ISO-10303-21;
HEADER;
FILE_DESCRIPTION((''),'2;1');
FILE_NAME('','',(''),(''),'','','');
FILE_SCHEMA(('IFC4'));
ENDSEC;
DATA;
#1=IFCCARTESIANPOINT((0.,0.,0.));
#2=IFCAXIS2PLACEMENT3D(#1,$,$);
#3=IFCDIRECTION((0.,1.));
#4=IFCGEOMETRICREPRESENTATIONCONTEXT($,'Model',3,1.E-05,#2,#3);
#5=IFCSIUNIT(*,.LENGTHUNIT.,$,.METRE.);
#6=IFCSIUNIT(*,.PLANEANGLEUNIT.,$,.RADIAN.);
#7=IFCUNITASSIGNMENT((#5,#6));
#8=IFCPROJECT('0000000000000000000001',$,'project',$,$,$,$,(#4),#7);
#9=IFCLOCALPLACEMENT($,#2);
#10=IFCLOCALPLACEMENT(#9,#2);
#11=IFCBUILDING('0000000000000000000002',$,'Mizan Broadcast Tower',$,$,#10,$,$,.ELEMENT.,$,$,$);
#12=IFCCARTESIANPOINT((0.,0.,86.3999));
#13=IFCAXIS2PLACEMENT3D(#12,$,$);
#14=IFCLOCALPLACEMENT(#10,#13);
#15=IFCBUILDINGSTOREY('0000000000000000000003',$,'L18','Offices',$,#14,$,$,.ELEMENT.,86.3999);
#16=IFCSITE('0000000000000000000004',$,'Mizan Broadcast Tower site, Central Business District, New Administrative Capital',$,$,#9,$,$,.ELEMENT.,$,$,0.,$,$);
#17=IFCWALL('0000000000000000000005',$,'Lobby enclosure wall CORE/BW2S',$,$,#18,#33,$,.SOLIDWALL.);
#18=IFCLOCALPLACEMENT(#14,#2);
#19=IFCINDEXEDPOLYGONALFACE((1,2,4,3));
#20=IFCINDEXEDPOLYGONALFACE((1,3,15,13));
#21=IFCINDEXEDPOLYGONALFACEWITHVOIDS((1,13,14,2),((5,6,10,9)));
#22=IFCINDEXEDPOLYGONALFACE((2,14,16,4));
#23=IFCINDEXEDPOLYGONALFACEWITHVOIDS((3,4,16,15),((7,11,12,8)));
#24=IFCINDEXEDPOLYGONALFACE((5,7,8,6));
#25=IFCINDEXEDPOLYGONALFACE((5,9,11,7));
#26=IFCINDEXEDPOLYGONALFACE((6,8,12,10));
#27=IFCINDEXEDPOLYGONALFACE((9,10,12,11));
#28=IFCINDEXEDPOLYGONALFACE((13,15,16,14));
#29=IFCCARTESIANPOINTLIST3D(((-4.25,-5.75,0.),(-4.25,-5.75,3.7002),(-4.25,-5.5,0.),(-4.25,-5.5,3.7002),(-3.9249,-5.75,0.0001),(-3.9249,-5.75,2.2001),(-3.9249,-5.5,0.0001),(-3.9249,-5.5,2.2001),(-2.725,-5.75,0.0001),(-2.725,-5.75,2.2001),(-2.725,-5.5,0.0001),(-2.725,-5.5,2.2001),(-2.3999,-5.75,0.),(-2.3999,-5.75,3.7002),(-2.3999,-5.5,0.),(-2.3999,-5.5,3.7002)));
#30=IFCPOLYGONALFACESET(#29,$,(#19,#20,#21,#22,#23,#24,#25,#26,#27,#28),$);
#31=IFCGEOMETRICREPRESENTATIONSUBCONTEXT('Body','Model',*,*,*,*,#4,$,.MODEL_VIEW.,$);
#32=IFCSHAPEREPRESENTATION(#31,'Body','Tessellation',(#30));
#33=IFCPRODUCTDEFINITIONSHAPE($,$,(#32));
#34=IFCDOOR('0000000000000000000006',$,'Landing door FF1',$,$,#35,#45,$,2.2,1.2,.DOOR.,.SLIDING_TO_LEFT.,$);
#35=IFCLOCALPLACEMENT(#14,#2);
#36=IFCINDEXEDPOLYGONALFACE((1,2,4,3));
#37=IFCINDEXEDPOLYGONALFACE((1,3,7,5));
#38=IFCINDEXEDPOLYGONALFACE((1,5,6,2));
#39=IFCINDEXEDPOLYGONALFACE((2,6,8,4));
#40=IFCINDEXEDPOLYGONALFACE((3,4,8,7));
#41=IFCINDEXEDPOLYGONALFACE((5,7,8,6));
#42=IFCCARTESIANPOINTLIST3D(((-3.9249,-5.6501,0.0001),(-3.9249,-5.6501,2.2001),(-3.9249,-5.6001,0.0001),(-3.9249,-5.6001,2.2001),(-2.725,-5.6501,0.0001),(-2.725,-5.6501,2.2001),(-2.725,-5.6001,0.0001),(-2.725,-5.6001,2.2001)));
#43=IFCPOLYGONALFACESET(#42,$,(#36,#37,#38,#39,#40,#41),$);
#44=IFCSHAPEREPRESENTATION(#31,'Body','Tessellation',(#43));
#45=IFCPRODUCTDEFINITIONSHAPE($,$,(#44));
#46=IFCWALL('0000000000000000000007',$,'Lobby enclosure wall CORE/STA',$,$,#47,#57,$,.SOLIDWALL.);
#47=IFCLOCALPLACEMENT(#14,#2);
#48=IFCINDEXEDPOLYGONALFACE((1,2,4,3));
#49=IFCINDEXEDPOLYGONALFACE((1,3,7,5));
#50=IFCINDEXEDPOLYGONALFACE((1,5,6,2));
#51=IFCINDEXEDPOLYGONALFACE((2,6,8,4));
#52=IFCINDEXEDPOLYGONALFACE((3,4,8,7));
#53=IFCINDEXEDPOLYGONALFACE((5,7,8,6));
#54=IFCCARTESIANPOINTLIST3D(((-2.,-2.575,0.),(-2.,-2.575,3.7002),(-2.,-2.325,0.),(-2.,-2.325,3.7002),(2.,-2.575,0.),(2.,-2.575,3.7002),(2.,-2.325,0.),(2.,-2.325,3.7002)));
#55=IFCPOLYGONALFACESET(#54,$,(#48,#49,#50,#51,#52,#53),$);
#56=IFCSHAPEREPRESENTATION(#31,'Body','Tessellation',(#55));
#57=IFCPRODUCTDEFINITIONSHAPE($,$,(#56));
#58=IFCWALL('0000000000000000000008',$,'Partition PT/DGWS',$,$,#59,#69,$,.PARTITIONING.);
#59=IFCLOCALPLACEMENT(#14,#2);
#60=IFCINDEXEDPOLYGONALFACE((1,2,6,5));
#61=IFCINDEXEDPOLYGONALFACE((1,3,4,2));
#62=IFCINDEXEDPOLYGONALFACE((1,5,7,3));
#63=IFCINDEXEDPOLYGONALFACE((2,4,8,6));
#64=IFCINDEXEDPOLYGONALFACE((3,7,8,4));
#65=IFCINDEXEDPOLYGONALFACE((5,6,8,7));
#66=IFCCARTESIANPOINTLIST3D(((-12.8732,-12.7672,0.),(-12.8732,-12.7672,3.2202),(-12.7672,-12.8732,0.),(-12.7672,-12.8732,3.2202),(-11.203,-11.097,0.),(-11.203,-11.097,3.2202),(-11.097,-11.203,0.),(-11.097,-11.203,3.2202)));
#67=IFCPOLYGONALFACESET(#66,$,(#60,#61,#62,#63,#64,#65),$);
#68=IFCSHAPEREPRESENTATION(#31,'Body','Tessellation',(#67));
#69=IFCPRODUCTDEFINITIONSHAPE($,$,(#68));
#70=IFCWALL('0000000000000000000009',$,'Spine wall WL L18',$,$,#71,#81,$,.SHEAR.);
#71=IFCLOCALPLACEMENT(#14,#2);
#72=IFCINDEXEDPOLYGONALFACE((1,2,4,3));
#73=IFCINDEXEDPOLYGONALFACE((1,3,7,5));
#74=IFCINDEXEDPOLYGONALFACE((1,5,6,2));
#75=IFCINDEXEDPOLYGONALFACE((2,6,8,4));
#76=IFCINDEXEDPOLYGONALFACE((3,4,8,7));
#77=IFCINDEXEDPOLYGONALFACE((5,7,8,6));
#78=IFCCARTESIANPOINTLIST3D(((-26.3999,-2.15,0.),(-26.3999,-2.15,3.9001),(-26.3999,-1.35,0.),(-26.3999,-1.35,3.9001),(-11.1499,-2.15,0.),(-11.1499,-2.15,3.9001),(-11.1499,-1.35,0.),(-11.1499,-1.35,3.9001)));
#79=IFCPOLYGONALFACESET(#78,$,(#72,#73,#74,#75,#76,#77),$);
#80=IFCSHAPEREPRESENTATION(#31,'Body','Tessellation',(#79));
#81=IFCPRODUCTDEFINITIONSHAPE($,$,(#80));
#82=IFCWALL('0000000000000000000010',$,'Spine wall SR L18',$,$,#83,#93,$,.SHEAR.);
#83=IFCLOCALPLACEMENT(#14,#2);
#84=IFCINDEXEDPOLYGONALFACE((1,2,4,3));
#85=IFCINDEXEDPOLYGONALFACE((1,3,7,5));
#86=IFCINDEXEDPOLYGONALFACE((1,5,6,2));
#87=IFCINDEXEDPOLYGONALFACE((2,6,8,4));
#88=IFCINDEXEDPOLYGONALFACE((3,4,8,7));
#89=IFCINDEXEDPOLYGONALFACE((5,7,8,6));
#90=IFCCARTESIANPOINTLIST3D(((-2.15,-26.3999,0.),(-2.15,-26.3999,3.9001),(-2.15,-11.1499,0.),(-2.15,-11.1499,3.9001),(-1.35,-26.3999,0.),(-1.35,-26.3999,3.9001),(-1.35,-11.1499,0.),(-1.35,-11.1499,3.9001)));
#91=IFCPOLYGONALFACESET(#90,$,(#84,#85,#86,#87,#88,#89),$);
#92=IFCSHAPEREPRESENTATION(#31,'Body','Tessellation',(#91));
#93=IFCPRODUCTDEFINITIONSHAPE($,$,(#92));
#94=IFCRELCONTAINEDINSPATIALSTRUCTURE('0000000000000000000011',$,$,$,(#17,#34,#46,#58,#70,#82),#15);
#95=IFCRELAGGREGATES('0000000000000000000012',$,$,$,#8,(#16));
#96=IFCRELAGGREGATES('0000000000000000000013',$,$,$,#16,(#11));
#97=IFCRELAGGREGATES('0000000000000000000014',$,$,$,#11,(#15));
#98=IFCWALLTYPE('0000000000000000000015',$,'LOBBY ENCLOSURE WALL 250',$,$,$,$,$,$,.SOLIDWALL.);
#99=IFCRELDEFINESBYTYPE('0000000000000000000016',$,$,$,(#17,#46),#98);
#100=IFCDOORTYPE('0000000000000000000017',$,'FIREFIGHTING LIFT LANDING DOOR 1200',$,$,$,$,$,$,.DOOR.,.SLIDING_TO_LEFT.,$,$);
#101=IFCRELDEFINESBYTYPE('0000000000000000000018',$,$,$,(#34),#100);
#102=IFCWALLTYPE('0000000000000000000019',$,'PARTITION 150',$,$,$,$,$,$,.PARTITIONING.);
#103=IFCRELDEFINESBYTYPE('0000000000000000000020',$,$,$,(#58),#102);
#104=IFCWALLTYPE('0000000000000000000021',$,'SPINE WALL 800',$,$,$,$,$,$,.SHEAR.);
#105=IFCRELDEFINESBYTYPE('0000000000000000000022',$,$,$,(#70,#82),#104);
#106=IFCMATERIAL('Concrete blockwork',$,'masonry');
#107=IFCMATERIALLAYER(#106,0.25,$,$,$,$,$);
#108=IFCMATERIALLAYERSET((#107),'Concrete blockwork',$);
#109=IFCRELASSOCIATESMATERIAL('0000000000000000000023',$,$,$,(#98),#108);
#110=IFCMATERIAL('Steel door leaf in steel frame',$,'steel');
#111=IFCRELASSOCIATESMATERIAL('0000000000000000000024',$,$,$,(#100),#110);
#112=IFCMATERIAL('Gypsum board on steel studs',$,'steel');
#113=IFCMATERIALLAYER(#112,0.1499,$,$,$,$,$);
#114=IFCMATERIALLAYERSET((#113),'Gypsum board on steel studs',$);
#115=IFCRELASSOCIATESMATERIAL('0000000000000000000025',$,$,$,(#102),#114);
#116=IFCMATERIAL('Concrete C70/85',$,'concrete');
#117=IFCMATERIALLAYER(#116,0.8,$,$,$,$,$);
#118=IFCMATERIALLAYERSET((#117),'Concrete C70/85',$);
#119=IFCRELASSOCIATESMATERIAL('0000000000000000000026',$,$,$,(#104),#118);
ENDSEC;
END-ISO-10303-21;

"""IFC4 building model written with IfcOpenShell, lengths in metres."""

from ifc_helpers import new_model, si_unit, direction, frame, frame_2d, origin, place, context, subcontext, project, spatial, rectangle, extrude, material, layer, layer_set, type_object, element, fill, save


model = new_model("IFC4")

# Units and contexts
model_context = context("Model", 3, precision=1e-05, world=origin(), true_north=direction((0.0, 1.0)))
body_context = subcontext(model_context, "Body", "Model", "MODEL_VIEW")
ifc_project = project(units=[si_unit("LENGTHUNIT", "METRE"), si_unit("PLANEANGLEUNIT", "RADIAN")], contexts=[model_context])

# Site, building, storey
site_placement = place(None, origin())
site = spatial("IfcSite", under=ifc_project, at=site_placement, Name="Mizan Broadcast Tower site, Central Business District, New Administrative Capital", CompositionType="ELEMENT", RefElevation=0.0)
building_placement = place(site_placement, origin())
building = spatial("IfcBuilding", under=site, at=building_placement, Name="Mizan Broadcast Tower", CompositionType="ELEMENT")
storey_placement = place(building_placement, frame((0.0, 0.0, 86.3999)))
storey = spatial("IfcBuildingStorey", under=building, at=storey_placement, Name="L18", Description="Offices", CompositionType="ELEMENT", Elevation=86.3999)

# Shared definitions
ifc_material_1 = material(Name="Concrete blockwork", Category="masonry")
ifc_layer_1 = layer(ifc_material_1, 0.25)
ifc_layer_set_1 = layer_set([ifc_layer_1], Name="Concrete blockwork")
wall_type_1 = type_object("IfcWallType", Name="LOBBY ENCLOSURE WALL 250", PredefinedType="SOLIDWALL", material=ifc_layer_set_1)

# Wall, opening, door
wall_1_placement = place(storey_placement, frame((-4.25, -5.625, 0.0), z_axis=(0.0, 0.0, 1.0), x_axis=(1.0, 0.0, 0.0)))
wall_1 = element("IfcWall", 1, at=wall_1_placement, inside=storey, type_object=wall_type_1, Name="Lobby enclosure wall CORE/BW2S", PredefinedType="SOLIDWALL", context=body_context, shape_type="SweptSolid", body=[
    extrude(rectangle(XDim=1.8501, YDim=0.25, at=frame_2d((0.925, 0.0))), origin(), (0.0, 0.0, 1.0), 3.7002),
])
opening_1_placement = place(wall_1_placement, frame((0.325, 0.0, 0.0)))
opening_1 = element("IfcOpeningElement", 2, at=opening_1_placement, cuts=wall_1, PredefinedType="OPENING", context=body_context, shape_type="SweptSolid", body=[
    extrude(rectangle(XDim=1.2, YDim=2.2, at=frame_2d((0.6001, 1.1001))), frame((0.0, 0.135, 0.0), z_axis=(0.0, -1.0, 0.0), x_axis=(1.0, 0.0, 0.0)), (0.0, 0.0, 1.0), 0.27),
])
ifc_material_2 = material(Name="Steel door leaf in steel frame", Category="steel")
door_type_1 = type_object("IfcDoorType", Name="FIREFIGHTING LIFT LANDING DOOR 1200", OperationType="SLIDING_TO_LEFT", PredefinedType="DOOR", material=ifc_material_2)
door_1_placement = place(opening_1_placement, origin())
door_1 = element("IfcDoor", 3, at=door_1_placement, inside=storey, type_object=door_type_1, Name="Landing door FF1", OperationType="SLIDING_TO_LEFT", OverallHeight=2.2, OverallWidth=1.2, PredefinedType="DOOR", context=body_context, shape_type="SweptSolid", body=[
    extrude(rectangle(XDim=1.2, YDim=2.2, at=frame_2d((0.6001, 1.1001))), frame((0.0, 0.0249, 0.0), z_axis=(0.0, -1.0, 0.0), x_axis=(1.0, 0.0, 0.0)), (0.0, 0.0, 1.0), 0.05),
])
fill(opening_1, door_1)

# Walls
wall_2_placement = place(storey_placement, frame((-2.0, -2.45, 0.0), z_axis=(0.0, 0.0, 1.0), x_axis=(1.0, 0.0, 0.0)))
element("IfcWall", 4, at=wall_2_placement, inside=storey, type_object=wall_type_1, Name="Lobby enclosure wall CORE/STA", PredefinedType="SOLIDWALL", context=body_context, shape_type="SweptSolid", body=[
    extrude(rectangle(XDim=4.0, YDim=0.25, at=frame_2d((2.0, 0.0))), origin(), (0.0, 0.0, 1.0), 3.7002),
])
ifc_material_3 = material(Name="Gypsum board on steel studs", Category="steel")
ifc_layer_2 = layer(ifc_material_3, 0.1499)
ifc_layer_set_2 = layer_set([ifc_layer_2], Name="Gypsum board on steel studs")
wall_type_2 = type_object("IfcWallType", Name="PARTITION 150", PredefinedType="PARTITIONING", material=ifc_layer_set_2)
wall_3_placement = place(storey_placement, frame((-11.1499, -11.1499, 0.0), z_axis=(0.0, 0.0, 1.0), x_axis=(-0.707107, -0.707107, 0.0)))
element("IfcWall", 5, at=wall_3_placement, inside=storey, type_object=wall_type_2, Name="Partition PT/DGWS", PredefinedType="PARTITIONING", context=body_context, shape_type="SweptSolid", body=[
    extrude(rectangle(XDim=2.3621, YDim=0.1499, at=frame_2d((1.1812, 0.0))), origin(), (0.0, 0.0, 1.0), 3.2202),
])
ifc_material_4 = material(Name="Concrete C70/85", Category="concrete")
ifc_layer_3 = layer(ifc_material_4, 0.8)
ifc_layer_set_3 = layer_set([ifc_layer_3], Name="Concrete C70/85")
wall_type_3 = type_object("IfcWallType", Name="SPINE WALL 800", PredefinedType="SHEAR", material=ifc_layer_set_3)
for number, where, z_axis, x_axis, name in (
    (6, (-11.1499, -1.75, 0.0), (0.0, 0.0, 1.0), (-1.0, 0.0, 0.0), "Spine wall WL L18"),
    (7, (-1.75, -11.1499, 0.0), (0.0, 0.0, 1.0), (0.0, -1.0, 0.0), "Spine wall SR L18"),
):
    element("IfcWall", number, at=place(storey_placement, frame(where, z_axis=z_axis, x_axis=x_axis)), inside=storey, type_object=wall_type_3, Name=name, PredefinedType="SHEAR", context=body_context, shape_type="SweptSolid", body=[
        extrude(rectangle(XDim=15.25, YDim=0.8, at=frame_2d((7.625, 0.0))), origin(), (0.0, 0.0, 1.0), 3.9001),
    ])

save(model, "model.ifc")
